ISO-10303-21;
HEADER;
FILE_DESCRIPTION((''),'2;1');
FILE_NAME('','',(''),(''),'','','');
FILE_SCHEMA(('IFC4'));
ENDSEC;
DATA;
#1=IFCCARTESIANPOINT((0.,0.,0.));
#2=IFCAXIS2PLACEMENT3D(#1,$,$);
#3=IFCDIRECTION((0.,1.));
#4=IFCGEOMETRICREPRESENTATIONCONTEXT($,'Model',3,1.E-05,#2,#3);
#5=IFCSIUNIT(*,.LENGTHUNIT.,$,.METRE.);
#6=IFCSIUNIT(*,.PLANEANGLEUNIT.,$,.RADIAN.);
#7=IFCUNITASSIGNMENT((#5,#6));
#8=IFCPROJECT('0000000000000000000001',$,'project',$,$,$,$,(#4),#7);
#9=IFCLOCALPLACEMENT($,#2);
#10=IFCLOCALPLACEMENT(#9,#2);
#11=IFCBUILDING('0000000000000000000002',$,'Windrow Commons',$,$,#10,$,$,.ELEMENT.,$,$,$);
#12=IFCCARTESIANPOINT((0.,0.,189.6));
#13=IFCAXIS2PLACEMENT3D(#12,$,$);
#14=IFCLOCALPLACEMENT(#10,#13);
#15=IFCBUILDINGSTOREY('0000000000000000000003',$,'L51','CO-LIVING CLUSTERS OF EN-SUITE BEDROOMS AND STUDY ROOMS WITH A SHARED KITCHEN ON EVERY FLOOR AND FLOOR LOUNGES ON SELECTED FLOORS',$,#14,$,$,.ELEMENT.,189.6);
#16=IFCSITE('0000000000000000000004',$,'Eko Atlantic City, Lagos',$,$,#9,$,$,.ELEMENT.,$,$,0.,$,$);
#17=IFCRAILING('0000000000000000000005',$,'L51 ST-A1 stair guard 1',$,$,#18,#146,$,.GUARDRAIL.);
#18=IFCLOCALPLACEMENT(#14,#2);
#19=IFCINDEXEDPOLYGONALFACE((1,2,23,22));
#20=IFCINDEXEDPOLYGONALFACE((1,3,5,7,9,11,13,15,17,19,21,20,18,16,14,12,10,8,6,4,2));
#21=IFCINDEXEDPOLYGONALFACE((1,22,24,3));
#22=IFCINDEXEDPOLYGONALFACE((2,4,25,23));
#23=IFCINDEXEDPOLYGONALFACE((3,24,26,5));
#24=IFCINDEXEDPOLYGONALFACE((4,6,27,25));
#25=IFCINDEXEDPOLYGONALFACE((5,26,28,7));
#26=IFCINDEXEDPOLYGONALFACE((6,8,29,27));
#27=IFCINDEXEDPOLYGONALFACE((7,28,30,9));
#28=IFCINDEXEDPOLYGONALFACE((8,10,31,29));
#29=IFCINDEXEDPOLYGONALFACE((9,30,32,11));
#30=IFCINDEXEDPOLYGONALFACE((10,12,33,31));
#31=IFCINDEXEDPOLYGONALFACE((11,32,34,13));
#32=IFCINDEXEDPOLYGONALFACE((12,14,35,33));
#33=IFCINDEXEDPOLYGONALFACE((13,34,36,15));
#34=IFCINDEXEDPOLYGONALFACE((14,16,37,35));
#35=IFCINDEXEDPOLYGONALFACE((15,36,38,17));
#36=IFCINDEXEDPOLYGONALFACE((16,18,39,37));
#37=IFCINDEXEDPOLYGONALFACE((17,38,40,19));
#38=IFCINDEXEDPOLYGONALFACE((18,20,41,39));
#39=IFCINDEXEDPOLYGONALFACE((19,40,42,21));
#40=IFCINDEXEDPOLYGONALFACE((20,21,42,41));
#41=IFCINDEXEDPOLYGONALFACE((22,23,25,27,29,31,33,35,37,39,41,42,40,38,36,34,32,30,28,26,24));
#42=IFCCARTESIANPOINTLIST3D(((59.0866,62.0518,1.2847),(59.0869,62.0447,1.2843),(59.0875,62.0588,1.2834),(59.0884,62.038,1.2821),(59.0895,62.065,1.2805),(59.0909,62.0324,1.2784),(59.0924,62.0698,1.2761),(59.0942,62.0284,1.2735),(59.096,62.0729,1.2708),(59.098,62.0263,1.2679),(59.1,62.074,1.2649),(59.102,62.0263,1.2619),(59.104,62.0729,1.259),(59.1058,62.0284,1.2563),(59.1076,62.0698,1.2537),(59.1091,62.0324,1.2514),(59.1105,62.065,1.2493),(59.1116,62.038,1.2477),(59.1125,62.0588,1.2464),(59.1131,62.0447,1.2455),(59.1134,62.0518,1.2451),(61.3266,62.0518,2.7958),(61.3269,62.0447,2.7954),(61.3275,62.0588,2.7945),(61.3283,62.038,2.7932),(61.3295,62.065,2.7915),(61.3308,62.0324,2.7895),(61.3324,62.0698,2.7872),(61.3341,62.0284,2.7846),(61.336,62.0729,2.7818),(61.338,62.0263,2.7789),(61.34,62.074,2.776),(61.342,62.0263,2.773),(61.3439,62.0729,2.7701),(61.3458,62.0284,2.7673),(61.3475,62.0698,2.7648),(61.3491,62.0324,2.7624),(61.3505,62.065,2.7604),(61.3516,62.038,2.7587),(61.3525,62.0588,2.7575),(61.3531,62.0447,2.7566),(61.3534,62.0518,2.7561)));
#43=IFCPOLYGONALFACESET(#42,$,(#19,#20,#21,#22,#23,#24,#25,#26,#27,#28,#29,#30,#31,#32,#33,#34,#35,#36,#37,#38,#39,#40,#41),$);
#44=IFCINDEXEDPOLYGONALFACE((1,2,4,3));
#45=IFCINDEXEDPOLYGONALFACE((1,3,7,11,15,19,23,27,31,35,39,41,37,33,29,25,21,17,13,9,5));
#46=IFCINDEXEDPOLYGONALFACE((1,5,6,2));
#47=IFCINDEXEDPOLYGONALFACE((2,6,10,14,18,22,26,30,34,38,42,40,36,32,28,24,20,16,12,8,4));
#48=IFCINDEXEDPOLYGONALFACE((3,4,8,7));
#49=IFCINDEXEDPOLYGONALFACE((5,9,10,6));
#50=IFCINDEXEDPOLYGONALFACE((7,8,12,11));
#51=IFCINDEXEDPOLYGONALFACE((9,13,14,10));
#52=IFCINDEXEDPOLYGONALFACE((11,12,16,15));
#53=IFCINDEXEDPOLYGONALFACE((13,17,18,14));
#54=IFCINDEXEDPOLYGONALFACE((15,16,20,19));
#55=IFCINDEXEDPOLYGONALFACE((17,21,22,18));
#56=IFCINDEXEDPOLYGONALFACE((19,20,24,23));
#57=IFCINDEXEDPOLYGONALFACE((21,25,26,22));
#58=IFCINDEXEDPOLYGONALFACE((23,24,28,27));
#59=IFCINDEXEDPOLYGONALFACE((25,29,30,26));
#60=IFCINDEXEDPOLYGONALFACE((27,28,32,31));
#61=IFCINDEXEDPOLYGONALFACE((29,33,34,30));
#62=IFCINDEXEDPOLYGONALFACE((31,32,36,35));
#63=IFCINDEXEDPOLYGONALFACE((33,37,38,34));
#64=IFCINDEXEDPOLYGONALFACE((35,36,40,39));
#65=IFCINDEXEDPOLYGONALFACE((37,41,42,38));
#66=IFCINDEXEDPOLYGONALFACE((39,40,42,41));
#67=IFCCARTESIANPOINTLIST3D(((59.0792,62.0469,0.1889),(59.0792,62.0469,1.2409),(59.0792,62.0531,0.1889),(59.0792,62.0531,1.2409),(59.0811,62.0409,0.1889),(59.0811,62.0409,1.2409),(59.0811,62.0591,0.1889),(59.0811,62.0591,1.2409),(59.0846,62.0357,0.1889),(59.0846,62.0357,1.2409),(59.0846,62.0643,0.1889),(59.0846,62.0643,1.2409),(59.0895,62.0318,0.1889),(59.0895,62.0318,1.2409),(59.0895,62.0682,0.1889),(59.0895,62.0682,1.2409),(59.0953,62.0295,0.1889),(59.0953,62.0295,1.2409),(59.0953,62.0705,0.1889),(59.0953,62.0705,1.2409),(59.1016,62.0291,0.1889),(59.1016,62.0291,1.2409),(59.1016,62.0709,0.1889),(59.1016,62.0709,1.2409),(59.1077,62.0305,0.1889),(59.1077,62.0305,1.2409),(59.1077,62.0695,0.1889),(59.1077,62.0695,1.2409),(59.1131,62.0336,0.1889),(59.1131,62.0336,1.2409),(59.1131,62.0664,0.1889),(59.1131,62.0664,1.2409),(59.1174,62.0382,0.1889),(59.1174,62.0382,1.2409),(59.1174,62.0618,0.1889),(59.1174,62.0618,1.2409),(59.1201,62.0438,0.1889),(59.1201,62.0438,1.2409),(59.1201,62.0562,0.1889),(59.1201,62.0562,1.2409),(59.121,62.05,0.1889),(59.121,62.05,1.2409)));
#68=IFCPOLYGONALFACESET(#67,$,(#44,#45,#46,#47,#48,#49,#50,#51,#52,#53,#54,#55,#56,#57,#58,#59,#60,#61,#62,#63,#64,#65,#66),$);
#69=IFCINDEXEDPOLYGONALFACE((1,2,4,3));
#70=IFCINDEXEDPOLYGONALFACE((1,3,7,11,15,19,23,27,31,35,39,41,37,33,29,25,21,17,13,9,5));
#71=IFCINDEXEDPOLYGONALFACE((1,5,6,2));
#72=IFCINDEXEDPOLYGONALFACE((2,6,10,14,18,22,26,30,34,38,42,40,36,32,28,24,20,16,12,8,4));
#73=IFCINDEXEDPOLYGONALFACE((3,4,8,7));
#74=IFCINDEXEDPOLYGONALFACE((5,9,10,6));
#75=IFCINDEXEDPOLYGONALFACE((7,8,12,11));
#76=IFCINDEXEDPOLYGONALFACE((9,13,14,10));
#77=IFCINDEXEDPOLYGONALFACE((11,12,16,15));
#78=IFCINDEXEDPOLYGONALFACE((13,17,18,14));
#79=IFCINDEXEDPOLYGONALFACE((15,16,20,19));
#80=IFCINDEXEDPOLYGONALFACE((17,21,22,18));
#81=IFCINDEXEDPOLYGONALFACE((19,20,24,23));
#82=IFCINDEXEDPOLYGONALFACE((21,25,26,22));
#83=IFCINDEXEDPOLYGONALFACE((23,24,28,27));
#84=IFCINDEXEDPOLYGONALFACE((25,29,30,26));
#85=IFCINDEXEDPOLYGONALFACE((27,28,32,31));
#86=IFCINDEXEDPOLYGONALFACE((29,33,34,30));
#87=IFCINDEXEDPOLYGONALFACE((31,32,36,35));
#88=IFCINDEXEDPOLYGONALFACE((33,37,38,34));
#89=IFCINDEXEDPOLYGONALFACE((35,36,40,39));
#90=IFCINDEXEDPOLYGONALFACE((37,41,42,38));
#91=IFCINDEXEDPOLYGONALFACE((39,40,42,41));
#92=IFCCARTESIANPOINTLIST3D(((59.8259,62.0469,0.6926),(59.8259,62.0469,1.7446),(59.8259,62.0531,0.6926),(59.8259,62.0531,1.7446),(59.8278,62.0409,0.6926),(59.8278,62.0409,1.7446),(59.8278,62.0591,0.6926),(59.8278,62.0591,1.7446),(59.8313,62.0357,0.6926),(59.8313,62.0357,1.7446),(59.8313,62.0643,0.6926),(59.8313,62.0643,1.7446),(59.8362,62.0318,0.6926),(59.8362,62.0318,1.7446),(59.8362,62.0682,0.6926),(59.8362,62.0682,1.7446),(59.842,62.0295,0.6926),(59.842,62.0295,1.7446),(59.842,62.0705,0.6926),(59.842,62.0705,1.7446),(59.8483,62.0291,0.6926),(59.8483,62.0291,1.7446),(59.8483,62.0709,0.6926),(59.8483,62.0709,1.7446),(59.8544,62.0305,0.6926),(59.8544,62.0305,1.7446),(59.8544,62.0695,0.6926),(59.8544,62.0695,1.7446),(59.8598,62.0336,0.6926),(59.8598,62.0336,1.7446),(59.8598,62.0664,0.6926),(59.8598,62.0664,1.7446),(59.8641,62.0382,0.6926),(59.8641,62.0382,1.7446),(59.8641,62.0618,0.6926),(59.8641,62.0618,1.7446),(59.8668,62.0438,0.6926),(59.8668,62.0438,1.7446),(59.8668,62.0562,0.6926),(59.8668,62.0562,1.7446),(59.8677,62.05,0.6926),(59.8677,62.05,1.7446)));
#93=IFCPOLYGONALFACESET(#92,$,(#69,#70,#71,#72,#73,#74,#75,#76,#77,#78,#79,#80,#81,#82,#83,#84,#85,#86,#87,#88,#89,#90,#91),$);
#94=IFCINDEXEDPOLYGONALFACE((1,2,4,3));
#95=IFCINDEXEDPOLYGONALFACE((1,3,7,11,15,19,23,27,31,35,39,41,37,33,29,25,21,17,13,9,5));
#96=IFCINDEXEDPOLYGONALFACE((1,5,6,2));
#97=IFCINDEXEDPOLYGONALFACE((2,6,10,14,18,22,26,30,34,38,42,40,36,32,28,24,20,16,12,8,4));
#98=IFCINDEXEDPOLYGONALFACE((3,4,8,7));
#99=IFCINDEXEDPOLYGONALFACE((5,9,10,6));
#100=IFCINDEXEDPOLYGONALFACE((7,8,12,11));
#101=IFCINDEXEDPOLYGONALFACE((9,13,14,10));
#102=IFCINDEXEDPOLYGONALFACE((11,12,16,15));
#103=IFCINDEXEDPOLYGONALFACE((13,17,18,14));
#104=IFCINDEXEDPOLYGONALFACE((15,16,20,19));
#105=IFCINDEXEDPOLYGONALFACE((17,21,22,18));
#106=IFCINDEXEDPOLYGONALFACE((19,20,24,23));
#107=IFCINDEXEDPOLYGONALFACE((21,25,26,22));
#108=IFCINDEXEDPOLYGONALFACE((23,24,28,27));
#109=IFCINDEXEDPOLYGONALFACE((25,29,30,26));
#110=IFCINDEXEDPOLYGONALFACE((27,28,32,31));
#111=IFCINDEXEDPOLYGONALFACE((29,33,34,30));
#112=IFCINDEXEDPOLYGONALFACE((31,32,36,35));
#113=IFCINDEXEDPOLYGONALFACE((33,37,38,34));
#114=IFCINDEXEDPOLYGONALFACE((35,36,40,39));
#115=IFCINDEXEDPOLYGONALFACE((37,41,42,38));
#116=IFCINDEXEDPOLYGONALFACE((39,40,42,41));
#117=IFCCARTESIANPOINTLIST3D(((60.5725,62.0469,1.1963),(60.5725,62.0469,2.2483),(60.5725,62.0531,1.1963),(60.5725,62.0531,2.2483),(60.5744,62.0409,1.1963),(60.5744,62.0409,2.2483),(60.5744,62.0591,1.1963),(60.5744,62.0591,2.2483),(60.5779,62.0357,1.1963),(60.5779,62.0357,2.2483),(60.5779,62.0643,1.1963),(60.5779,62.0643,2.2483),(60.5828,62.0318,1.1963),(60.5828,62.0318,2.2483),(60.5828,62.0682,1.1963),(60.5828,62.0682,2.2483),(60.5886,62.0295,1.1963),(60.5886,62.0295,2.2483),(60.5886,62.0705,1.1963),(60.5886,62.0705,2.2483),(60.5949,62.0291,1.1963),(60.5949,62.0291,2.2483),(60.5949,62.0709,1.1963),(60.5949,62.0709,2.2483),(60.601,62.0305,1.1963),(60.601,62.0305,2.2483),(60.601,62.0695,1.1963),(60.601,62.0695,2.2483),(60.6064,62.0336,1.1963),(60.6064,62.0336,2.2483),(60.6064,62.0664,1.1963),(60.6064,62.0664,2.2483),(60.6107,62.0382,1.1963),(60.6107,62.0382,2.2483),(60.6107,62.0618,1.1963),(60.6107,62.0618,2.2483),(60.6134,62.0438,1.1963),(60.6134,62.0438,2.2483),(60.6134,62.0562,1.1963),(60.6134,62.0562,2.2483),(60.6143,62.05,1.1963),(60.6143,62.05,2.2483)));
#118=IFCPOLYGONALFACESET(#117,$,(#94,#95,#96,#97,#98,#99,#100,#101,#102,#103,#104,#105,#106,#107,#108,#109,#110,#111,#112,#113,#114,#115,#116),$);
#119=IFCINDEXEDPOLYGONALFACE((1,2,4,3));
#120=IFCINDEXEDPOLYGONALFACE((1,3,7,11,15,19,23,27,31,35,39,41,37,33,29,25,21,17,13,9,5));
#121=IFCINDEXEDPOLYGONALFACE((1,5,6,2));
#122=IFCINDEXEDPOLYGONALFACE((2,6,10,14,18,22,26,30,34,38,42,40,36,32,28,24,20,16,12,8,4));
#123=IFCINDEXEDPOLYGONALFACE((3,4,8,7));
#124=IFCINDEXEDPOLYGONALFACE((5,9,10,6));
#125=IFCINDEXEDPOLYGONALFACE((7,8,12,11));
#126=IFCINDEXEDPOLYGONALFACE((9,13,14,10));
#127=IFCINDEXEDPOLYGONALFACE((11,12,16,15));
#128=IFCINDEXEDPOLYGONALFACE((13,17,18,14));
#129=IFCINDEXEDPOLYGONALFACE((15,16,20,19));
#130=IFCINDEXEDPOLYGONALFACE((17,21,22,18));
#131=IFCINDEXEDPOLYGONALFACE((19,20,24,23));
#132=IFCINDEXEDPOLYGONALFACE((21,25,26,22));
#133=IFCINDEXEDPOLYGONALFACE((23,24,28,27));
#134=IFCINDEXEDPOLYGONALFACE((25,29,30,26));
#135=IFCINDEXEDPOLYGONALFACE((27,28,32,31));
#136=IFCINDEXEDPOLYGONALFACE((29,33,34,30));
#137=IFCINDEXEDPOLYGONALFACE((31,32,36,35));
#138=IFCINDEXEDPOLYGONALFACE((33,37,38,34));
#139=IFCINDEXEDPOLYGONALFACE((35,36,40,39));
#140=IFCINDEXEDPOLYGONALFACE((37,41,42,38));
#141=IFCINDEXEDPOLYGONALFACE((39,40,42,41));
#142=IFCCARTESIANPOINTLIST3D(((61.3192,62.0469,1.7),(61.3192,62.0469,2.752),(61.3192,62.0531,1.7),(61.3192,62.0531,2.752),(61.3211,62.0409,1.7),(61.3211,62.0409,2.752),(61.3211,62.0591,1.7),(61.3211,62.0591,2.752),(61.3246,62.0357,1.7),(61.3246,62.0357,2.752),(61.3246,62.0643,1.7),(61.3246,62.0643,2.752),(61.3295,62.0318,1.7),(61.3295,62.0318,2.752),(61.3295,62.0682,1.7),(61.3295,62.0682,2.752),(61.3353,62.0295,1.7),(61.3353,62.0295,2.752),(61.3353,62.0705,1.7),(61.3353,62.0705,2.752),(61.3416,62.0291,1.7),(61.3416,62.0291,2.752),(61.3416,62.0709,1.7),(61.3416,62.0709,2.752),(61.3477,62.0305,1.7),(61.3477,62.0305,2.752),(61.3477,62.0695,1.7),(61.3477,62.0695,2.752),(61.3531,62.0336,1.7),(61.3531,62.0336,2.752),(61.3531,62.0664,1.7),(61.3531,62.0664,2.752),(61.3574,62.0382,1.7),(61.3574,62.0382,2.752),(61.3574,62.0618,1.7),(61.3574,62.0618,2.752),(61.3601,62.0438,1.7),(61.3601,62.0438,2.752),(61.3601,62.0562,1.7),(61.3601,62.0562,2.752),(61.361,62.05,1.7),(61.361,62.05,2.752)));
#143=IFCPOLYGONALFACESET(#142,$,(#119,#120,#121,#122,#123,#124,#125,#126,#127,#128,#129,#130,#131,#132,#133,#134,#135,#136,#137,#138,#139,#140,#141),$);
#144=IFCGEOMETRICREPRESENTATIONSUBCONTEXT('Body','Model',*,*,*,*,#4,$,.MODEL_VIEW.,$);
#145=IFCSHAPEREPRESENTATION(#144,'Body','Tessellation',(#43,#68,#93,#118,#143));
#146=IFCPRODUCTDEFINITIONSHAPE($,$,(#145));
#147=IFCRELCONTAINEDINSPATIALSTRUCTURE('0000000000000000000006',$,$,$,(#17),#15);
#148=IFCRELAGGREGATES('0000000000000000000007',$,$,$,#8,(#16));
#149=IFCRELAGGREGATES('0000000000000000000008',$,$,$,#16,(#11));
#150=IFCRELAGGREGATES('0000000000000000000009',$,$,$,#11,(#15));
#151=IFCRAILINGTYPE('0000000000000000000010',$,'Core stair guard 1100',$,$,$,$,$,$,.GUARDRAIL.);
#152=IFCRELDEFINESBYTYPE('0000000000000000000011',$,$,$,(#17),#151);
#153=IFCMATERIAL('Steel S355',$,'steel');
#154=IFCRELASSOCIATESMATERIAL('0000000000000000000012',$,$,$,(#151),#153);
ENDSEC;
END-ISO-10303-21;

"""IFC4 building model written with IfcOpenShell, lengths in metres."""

from ifc_helpers import new_model, si_unit, direction, frame, origin, origin_2d, place, context, subcontext, project, spatial, circle, extrude, material, type_object, element, save


model = new_model("IFC4")

# Units and contexts
model_context = context("Model", 3, precision=1e-05, world=origin(), true_north=direction((0.0, 1.0)))
body_context = subcontext(model_context, "Body", "Model", "MODEL_VIEW")
ifc_project = project(units=[si_unit("LENGTHUNIT", "METRE"), si_unit("PLANEANGLEUNIT", "RADIAN")], contexts=[model_context])

# Site, building, storey
site_placement = place(None, origin())
site = spatial("IfcSite", under=ifc_project, at=site_placement, Name="Eko Atlantic City, Lagos", CompositionType="ELEMENT", RefElevation=0.0)
building_placement = place(site_placement, origin())
building = spatial("IfcBuilding", under=site, at=building_placement, Name="Windrow Commons", CompositionType="ELEMENT")
storey_placement = place(building_placement, frame((0.0, 0.0, 189.6)))
storey = spatial("IfcBuildingStorey", under=building, at=storey_placement, Name="L51", Description="CO-LIVING CLUSTERS OF EN-SUITE BEDROOMS AND STUDY ROOMS WITH A SHARED KITCHEN ON EVERY FLOOR AND FLOOR LOUNGES ON SELECTED FLOORS", CompositionType="ELEMENT", Elevation=189.6)

# Railing
ifc_material_1 = material(Name="Steel S355", Category="steel")
railing_type_1 = type_object("IfcRailingType", Name="Core stair guard 1100", PredefinedType="GUARDRAIL", material=ifc_material_1)
railing_1_placement = place(storey_placement, frame((59.1, 62.05, 0.1889)))
element("IfcRailing", 1, at=railing_1_placement, inside=storey, type_object=railing_type_1, Name="L51 ST-A1 stair guard 1", PredefinedType="GUARDRAIL", context=body_context, shape_type="SweptSolid", body=[
    extrude(circle(Radius=0.024, at=origin_2d()), frame((0.0, 0.0, 1.076), z_axis=(0.829003, 0.0, 0.559244), x_axis=(0.0, 1.0, 0.0)), (0.0, 0.0, 1.0), 2.702),
    extrude(circle(Radius=0.021, at=origin_2d()), origin(), (0.0, 0.0, 1.0), 1.052),
    extrude(circle(Radius=0.021, at=origin_2d()), frame((0.7467, 0.0, 0.5037)), (0.0, 0.0, 1.0), 1.052),
    extrude(circle(Radius=0.021, at=origin_2d()), frame((1.4933, 0.0, 1.0074)), (0.0, 0.0, 1.0), 1.052),
    extrude(circle(Radius=0.021, at=origin_2d()), frame((2.24, 0.0, 1.5111)), (0.0, 0.0, 1.0), 1.052),
])

save(model, "model.ifc")
